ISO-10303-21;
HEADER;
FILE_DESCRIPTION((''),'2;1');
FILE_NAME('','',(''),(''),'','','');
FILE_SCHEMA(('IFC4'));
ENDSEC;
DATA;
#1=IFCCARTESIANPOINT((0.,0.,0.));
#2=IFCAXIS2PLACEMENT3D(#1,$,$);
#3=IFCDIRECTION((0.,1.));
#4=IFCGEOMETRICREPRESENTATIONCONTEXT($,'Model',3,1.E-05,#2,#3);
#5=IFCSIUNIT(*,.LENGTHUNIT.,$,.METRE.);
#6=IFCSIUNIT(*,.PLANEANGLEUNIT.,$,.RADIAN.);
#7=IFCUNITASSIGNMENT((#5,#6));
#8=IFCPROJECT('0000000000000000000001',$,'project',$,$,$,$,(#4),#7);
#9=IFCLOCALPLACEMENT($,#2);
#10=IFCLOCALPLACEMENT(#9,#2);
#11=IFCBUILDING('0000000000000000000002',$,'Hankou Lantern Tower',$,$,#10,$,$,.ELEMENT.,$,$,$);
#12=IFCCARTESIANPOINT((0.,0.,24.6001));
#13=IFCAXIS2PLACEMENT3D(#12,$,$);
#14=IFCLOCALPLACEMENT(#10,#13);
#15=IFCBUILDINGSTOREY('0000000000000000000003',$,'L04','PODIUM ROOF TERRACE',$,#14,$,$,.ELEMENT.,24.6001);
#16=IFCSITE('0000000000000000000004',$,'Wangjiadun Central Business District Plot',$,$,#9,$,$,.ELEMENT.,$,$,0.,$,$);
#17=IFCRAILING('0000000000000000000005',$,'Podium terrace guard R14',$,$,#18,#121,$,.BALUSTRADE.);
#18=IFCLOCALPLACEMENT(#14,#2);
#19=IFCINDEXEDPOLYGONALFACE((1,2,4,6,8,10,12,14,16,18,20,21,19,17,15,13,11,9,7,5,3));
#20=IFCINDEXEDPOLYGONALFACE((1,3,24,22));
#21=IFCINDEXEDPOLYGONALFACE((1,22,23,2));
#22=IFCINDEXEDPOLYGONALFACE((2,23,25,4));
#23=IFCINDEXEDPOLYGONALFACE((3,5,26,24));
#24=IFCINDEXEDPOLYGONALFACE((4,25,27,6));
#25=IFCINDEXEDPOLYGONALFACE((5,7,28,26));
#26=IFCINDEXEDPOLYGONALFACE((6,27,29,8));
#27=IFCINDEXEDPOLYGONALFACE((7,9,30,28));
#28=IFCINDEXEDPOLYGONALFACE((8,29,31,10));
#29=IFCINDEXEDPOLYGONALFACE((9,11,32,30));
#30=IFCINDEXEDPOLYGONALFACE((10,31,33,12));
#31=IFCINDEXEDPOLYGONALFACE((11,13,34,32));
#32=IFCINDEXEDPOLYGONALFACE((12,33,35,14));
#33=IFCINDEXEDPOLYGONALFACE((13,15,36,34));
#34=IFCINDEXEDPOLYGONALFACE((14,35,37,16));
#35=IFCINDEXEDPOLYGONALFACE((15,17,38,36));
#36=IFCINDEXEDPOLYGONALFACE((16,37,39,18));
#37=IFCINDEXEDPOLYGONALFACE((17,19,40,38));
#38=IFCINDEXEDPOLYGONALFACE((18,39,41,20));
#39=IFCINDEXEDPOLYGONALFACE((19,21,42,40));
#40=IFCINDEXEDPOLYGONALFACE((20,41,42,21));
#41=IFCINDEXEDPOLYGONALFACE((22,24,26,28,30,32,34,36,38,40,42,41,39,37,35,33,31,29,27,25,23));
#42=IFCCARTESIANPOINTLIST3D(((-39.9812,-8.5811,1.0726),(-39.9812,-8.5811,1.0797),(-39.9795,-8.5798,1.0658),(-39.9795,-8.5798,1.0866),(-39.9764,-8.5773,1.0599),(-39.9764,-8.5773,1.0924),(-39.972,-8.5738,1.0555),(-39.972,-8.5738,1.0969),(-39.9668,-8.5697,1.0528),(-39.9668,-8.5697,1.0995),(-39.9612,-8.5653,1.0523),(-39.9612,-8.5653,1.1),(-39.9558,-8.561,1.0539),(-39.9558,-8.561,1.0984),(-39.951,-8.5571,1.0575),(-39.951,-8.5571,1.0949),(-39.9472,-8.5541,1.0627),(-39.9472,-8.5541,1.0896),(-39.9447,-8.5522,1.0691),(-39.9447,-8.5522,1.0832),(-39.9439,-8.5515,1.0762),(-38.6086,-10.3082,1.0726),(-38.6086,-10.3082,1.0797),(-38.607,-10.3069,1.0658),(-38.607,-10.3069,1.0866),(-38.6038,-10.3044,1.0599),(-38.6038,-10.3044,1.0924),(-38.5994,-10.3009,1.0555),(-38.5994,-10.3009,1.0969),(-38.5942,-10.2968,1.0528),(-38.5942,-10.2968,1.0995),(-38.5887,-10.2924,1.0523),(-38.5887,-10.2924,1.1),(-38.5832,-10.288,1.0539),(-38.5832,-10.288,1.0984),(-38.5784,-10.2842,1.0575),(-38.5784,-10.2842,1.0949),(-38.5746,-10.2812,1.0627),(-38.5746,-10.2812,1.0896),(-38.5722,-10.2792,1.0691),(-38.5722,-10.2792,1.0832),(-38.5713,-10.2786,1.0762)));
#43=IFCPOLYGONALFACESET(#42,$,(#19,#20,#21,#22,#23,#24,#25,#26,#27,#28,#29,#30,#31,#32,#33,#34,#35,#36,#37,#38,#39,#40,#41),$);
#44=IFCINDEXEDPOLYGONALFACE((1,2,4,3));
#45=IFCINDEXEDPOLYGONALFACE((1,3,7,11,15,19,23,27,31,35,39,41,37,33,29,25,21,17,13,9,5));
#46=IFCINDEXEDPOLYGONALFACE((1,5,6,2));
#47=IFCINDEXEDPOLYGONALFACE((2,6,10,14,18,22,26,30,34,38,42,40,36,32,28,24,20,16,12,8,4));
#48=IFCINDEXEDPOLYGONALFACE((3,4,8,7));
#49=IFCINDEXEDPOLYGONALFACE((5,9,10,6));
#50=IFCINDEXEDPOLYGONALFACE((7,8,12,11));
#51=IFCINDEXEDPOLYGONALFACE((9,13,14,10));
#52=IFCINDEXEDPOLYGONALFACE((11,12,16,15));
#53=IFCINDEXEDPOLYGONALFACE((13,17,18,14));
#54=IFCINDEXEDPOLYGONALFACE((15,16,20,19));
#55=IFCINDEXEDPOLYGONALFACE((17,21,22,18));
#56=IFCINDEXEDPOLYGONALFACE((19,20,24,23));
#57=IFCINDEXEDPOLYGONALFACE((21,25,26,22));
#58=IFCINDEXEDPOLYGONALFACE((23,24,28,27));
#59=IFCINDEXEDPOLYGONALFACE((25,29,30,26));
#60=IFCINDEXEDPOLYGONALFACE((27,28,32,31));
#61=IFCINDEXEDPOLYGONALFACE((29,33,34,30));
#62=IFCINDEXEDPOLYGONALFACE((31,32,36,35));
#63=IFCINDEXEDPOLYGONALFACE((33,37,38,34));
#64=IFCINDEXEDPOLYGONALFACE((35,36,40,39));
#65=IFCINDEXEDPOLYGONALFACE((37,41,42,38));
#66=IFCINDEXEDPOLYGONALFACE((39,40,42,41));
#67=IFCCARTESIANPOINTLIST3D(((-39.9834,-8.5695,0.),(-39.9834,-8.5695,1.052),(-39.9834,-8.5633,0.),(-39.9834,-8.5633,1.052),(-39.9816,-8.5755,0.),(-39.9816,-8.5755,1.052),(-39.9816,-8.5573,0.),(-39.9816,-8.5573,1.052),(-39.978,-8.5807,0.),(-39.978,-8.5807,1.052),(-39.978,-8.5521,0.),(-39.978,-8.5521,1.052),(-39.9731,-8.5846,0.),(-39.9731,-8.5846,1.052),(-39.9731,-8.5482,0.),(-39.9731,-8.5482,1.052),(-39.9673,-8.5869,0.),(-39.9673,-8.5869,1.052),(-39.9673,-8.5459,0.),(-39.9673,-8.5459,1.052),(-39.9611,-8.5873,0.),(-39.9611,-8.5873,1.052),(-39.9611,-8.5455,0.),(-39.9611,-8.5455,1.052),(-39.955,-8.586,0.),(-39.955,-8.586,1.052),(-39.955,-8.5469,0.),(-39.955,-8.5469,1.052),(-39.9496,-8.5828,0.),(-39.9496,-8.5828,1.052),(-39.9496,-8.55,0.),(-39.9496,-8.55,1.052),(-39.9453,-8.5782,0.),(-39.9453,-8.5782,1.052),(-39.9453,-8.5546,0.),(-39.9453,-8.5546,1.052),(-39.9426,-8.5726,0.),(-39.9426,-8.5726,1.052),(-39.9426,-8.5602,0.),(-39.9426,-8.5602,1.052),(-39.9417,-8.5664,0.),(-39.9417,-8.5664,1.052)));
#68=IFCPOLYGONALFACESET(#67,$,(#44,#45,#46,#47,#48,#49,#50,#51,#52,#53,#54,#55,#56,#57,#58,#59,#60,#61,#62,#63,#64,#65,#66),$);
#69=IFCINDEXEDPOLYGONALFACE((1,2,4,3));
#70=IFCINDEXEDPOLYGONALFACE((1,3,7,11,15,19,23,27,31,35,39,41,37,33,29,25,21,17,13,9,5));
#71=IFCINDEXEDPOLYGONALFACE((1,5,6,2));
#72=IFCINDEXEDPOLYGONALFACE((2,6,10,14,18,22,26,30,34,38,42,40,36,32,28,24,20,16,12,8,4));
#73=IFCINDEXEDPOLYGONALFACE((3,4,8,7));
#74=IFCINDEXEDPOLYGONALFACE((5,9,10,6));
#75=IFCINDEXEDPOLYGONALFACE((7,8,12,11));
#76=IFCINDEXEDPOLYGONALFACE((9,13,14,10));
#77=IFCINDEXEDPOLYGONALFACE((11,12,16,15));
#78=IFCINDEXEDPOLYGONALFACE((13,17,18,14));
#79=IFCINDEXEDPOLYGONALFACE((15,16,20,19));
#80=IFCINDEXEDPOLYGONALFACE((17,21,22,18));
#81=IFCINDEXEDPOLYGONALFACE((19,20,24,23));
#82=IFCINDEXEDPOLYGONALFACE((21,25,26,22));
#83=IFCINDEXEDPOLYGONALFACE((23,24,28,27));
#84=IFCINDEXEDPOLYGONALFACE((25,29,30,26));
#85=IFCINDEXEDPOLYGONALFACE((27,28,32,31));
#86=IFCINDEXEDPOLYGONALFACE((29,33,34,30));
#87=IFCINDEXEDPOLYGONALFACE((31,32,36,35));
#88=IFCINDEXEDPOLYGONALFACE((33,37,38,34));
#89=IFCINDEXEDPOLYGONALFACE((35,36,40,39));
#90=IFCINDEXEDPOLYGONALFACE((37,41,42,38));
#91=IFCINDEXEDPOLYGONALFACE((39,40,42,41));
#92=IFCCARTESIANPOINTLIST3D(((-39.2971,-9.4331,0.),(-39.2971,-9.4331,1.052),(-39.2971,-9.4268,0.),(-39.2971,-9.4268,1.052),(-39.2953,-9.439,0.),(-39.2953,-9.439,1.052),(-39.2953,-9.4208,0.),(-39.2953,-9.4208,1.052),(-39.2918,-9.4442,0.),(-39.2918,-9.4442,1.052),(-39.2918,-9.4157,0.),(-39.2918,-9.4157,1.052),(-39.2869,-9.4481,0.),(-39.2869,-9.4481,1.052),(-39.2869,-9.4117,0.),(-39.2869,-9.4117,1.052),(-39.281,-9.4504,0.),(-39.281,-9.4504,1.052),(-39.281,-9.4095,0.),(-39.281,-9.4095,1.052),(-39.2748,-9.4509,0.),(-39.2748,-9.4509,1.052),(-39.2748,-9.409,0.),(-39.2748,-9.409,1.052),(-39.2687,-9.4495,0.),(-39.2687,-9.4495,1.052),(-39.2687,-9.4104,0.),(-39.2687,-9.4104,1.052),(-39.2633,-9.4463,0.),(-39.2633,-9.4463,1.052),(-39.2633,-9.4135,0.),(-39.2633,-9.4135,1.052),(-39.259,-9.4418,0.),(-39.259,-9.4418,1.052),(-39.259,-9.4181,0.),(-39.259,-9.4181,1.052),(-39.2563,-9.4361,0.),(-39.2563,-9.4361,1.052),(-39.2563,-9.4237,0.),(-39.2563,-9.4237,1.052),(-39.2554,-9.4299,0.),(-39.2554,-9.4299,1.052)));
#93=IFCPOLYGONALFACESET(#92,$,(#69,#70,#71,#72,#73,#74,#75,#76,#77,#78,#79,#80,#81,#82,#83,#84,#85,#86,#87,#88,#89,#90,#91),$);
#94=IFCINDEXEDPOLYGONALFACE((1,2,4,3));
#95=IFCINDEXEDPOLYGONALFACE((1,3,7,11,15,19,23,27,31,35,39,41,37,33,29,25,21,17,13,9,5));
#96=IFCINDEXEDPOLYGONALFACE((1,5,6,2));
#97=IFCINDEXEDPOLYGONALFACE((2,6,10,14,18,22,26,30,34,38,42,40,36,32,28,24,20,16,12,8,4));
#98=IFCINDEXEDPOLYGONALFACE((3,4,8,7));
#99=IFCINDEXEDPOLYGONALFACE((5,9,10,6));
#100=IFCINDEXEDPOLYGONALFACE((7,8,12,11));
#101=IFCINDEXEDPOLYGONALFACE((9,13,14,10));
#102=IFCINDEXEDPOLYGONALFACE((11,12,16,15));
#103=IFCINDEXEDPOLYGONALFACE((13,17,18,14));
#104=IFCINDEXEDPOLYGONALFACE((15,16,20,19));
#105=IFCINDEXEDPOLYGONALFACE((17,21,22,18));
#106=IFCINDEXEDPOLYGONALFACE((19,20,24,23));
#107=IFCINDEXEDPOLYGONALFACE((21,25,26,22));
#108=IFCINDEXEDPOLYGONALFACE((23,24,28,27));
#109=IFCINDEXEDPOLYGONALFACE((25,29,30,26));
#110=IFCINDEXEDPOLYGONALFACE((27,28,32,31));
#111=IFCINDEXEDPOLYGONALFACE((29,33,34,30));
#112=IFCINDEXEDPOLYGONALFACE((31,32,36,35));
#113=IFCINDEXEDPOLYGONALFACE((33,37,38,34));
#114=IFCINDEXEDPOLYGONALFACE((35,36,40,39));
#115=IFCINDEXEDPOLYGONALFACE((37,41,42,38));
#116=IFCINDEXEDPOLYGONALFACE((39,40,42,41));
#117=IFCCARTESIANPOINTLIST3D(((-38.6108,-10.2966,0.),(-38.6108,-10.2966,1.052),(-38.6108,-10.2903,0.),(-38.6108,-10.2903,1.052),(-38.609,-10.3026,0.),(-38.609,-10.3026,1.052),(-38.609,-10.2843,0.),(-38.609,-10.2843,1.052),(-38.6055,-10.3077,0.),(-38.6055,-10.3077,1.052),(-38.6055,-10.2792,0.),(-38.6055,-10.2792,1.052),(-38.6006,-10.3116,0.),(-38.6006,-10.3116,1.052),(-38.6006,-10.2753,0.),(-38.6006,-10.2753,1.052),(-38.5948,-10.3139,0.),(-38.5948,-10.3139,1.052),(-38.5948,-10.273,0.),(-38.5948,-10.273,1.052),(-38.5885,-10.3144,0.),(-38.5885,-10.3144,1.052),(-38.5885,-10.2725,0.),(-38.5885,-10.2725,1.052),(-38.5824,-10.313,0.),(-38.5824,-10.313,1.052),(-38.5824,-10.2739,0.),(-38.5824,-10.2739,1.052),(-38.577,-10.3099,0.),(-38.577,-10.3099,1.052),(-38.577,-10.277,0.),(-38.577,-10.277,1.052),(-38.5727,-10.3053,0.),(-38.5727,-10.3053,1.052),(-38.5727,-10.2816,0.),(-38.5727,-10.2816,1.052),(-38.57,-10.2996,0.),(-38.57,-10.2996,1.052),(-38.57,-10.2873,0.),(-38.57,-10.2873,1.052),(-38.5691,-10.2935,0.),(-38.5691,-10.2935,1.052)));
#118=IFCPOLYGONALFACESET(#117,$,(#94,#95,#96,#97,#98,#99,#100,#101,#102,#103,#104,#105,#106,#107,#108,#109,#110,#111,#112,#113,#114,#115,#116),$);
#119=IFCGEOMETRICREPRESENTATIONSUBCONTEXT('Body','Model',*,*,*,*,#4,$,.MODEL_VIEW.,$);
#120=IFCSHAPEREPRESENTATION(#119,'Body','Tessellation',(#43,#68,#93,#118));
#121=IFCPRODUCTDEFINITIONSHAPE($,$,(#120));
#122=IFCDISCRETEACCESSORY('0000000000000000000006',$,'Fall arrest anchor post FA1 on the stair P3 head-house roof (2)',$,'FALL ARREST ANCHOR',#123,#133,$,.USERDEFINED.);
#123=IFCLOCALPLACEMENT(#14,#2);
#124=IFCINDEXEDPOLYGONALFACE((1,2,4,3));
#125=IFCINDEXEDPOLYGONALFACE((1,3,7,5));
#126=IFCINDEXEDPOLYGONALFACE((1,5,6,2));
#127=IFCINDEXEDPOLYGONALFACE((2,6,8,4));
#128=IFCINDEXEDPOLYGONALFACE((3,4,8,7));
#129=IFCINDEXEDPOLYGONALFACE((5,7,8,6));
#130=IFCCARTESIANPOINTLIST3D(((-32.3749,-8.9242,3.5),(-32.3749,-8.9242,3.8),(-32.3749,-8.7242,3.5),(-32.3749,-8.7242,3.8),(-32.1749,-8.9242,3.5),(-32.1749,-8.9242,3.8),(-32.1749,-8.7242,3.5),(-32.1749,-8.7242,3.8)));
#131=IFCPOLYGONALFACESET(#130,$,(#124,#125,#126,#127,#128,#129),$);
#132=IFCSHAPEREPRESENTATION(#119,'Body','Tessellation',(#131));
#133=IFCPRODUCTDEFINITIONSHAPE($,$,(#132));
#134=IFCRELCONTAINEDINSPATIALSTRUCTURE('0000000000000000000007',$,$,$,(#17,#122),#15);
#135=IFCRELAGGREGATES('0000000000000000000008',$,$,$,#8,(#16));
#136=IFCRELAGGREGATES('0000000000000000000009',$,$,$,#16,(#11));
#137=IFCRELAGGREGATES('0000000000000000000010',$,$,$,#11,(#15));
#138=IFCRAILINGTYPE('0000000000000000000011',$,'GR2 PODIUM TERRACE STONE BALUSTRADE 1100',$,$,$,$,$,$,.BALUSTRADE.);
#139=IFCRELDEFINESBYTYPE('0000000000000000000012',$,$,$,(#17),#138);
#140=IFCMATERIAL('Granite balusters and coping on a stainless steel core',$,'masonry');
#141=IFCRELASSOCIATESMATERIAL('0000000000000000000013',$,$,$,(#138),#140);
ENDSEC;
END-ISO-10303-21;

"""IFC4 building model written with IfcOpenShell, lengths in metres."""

from ifc_helpers import new_model, si_unit, direction, frame, origin, origin_2d, place, context, subcontext, project, spatial, rectangle, circle, extrude, material, type_object, element, save


model = new_model("IFC4")

# Units and contexts
model_context = context("Model", 3, precision=1e-05, world=origin(), true_north=direction((0.0, 1.0)))
body_context = subcontext(model_context, "Body", "Model", "MODEL_VIEW")
ifc_project = project(units=[si_unit("LENGTHUNIT", "METRE"), si_unit("PLANEANGLEUNIT", "RADIAN")], contexts=[model_context])

# Site, building, storey
site_placement = place(None, origin())
site = spatial("IfcSite", under=ifc_project, at=site_placement, Name="Wangjiadun Central Business District Plot", CompositionType="ELEMENT", RefElevation=0.0)
building_placement = place(site_placement, origin())
building = spatial("IfcBuilding", under=site, at=building_placement, Name="Hankou Lantern Tower", CompositionType="ELEMENT")
storey_placement = place(building_placement, frame((0.0, 0.0, 24.6001)))
storey = spatial("IfcBuildingStorey", under=building, at=storey_placement, Name="L04", Description="PODIUM ROOF TERRACE", CompositionType="ELEMENT", Elevation=24.6001)

# Railing
ifc_material_1 = material(Name="Granite balusters and coping on a stainless steel core", Category="masonry")
railing_type_1 = type_object("IfcRailingType", Name="GR2 PODIUM TERRACE STONE BALUSTRADE 1100", PredefinedType="BALUSTRADE", material=ifc_material_1)
railing_1_placement = place(storey_placement, frame((-39.9626, -8.5664, 0.0)))
element("IfcRailing", 1, at=railing_1_placement, inside=storey, type_object=railing_type_1, Name="Podium terrace guard R14", PredefinedType="BALUSTRADE", context=body_context, shape_type="SweptSolid", body=[
    extrude(circle(Radius=0.0239, at=origin_2d()), frame((0.0, 0.0, 1.0762), z_axis=(0.622182, -0.782873, 0.0), x_axis=(0.782873, 0.622182, 0.0)), (0.0, 0.0, 1.0), 2.2061),
    extrude(circle(Radius=0.021, at=origin_2d()), origin(), (0.0, 0.0, 1.0), 1.052),
    extrude(circle(Radius=0.021, at=origin_2d()), frame((0.6863, -0.8635, 0.0)), (0.0, 0.0, 1.0), 1.052),
    extrude(circle(Radius=0.021, at=origin_2d()), frame((1.3726, -1.7271, 0.0)), (0.0, 0.0, 1.0), 1.052),
])

# Discrete accessory
discrete_accessory_placement = place(storey_placement, frame((-32.2749, -8.8242, 3.5), z_axis=(0.0, 0.0, 1.0), x_axis=(1.0, 0.0, 0.0)))
element("IfcDiscreteAccessory", 2, at=discrete_accessory_placement, inside=storey, Name="Fall arrest anchor post FA1 on the stair P3 head-house roof (2)", ObjectType="FALL ARREST ANCHOR", PredefinedType="USERDEFINED", context=body_context, shape_type="SweptSolid", body=[
    extrude(rectangle(XDim=0.2, YDim=0.2, at=origin_2d()), origin(), (0.0, 0.0, 1.0), 0.3),
])

save(model, "model.ifc")
